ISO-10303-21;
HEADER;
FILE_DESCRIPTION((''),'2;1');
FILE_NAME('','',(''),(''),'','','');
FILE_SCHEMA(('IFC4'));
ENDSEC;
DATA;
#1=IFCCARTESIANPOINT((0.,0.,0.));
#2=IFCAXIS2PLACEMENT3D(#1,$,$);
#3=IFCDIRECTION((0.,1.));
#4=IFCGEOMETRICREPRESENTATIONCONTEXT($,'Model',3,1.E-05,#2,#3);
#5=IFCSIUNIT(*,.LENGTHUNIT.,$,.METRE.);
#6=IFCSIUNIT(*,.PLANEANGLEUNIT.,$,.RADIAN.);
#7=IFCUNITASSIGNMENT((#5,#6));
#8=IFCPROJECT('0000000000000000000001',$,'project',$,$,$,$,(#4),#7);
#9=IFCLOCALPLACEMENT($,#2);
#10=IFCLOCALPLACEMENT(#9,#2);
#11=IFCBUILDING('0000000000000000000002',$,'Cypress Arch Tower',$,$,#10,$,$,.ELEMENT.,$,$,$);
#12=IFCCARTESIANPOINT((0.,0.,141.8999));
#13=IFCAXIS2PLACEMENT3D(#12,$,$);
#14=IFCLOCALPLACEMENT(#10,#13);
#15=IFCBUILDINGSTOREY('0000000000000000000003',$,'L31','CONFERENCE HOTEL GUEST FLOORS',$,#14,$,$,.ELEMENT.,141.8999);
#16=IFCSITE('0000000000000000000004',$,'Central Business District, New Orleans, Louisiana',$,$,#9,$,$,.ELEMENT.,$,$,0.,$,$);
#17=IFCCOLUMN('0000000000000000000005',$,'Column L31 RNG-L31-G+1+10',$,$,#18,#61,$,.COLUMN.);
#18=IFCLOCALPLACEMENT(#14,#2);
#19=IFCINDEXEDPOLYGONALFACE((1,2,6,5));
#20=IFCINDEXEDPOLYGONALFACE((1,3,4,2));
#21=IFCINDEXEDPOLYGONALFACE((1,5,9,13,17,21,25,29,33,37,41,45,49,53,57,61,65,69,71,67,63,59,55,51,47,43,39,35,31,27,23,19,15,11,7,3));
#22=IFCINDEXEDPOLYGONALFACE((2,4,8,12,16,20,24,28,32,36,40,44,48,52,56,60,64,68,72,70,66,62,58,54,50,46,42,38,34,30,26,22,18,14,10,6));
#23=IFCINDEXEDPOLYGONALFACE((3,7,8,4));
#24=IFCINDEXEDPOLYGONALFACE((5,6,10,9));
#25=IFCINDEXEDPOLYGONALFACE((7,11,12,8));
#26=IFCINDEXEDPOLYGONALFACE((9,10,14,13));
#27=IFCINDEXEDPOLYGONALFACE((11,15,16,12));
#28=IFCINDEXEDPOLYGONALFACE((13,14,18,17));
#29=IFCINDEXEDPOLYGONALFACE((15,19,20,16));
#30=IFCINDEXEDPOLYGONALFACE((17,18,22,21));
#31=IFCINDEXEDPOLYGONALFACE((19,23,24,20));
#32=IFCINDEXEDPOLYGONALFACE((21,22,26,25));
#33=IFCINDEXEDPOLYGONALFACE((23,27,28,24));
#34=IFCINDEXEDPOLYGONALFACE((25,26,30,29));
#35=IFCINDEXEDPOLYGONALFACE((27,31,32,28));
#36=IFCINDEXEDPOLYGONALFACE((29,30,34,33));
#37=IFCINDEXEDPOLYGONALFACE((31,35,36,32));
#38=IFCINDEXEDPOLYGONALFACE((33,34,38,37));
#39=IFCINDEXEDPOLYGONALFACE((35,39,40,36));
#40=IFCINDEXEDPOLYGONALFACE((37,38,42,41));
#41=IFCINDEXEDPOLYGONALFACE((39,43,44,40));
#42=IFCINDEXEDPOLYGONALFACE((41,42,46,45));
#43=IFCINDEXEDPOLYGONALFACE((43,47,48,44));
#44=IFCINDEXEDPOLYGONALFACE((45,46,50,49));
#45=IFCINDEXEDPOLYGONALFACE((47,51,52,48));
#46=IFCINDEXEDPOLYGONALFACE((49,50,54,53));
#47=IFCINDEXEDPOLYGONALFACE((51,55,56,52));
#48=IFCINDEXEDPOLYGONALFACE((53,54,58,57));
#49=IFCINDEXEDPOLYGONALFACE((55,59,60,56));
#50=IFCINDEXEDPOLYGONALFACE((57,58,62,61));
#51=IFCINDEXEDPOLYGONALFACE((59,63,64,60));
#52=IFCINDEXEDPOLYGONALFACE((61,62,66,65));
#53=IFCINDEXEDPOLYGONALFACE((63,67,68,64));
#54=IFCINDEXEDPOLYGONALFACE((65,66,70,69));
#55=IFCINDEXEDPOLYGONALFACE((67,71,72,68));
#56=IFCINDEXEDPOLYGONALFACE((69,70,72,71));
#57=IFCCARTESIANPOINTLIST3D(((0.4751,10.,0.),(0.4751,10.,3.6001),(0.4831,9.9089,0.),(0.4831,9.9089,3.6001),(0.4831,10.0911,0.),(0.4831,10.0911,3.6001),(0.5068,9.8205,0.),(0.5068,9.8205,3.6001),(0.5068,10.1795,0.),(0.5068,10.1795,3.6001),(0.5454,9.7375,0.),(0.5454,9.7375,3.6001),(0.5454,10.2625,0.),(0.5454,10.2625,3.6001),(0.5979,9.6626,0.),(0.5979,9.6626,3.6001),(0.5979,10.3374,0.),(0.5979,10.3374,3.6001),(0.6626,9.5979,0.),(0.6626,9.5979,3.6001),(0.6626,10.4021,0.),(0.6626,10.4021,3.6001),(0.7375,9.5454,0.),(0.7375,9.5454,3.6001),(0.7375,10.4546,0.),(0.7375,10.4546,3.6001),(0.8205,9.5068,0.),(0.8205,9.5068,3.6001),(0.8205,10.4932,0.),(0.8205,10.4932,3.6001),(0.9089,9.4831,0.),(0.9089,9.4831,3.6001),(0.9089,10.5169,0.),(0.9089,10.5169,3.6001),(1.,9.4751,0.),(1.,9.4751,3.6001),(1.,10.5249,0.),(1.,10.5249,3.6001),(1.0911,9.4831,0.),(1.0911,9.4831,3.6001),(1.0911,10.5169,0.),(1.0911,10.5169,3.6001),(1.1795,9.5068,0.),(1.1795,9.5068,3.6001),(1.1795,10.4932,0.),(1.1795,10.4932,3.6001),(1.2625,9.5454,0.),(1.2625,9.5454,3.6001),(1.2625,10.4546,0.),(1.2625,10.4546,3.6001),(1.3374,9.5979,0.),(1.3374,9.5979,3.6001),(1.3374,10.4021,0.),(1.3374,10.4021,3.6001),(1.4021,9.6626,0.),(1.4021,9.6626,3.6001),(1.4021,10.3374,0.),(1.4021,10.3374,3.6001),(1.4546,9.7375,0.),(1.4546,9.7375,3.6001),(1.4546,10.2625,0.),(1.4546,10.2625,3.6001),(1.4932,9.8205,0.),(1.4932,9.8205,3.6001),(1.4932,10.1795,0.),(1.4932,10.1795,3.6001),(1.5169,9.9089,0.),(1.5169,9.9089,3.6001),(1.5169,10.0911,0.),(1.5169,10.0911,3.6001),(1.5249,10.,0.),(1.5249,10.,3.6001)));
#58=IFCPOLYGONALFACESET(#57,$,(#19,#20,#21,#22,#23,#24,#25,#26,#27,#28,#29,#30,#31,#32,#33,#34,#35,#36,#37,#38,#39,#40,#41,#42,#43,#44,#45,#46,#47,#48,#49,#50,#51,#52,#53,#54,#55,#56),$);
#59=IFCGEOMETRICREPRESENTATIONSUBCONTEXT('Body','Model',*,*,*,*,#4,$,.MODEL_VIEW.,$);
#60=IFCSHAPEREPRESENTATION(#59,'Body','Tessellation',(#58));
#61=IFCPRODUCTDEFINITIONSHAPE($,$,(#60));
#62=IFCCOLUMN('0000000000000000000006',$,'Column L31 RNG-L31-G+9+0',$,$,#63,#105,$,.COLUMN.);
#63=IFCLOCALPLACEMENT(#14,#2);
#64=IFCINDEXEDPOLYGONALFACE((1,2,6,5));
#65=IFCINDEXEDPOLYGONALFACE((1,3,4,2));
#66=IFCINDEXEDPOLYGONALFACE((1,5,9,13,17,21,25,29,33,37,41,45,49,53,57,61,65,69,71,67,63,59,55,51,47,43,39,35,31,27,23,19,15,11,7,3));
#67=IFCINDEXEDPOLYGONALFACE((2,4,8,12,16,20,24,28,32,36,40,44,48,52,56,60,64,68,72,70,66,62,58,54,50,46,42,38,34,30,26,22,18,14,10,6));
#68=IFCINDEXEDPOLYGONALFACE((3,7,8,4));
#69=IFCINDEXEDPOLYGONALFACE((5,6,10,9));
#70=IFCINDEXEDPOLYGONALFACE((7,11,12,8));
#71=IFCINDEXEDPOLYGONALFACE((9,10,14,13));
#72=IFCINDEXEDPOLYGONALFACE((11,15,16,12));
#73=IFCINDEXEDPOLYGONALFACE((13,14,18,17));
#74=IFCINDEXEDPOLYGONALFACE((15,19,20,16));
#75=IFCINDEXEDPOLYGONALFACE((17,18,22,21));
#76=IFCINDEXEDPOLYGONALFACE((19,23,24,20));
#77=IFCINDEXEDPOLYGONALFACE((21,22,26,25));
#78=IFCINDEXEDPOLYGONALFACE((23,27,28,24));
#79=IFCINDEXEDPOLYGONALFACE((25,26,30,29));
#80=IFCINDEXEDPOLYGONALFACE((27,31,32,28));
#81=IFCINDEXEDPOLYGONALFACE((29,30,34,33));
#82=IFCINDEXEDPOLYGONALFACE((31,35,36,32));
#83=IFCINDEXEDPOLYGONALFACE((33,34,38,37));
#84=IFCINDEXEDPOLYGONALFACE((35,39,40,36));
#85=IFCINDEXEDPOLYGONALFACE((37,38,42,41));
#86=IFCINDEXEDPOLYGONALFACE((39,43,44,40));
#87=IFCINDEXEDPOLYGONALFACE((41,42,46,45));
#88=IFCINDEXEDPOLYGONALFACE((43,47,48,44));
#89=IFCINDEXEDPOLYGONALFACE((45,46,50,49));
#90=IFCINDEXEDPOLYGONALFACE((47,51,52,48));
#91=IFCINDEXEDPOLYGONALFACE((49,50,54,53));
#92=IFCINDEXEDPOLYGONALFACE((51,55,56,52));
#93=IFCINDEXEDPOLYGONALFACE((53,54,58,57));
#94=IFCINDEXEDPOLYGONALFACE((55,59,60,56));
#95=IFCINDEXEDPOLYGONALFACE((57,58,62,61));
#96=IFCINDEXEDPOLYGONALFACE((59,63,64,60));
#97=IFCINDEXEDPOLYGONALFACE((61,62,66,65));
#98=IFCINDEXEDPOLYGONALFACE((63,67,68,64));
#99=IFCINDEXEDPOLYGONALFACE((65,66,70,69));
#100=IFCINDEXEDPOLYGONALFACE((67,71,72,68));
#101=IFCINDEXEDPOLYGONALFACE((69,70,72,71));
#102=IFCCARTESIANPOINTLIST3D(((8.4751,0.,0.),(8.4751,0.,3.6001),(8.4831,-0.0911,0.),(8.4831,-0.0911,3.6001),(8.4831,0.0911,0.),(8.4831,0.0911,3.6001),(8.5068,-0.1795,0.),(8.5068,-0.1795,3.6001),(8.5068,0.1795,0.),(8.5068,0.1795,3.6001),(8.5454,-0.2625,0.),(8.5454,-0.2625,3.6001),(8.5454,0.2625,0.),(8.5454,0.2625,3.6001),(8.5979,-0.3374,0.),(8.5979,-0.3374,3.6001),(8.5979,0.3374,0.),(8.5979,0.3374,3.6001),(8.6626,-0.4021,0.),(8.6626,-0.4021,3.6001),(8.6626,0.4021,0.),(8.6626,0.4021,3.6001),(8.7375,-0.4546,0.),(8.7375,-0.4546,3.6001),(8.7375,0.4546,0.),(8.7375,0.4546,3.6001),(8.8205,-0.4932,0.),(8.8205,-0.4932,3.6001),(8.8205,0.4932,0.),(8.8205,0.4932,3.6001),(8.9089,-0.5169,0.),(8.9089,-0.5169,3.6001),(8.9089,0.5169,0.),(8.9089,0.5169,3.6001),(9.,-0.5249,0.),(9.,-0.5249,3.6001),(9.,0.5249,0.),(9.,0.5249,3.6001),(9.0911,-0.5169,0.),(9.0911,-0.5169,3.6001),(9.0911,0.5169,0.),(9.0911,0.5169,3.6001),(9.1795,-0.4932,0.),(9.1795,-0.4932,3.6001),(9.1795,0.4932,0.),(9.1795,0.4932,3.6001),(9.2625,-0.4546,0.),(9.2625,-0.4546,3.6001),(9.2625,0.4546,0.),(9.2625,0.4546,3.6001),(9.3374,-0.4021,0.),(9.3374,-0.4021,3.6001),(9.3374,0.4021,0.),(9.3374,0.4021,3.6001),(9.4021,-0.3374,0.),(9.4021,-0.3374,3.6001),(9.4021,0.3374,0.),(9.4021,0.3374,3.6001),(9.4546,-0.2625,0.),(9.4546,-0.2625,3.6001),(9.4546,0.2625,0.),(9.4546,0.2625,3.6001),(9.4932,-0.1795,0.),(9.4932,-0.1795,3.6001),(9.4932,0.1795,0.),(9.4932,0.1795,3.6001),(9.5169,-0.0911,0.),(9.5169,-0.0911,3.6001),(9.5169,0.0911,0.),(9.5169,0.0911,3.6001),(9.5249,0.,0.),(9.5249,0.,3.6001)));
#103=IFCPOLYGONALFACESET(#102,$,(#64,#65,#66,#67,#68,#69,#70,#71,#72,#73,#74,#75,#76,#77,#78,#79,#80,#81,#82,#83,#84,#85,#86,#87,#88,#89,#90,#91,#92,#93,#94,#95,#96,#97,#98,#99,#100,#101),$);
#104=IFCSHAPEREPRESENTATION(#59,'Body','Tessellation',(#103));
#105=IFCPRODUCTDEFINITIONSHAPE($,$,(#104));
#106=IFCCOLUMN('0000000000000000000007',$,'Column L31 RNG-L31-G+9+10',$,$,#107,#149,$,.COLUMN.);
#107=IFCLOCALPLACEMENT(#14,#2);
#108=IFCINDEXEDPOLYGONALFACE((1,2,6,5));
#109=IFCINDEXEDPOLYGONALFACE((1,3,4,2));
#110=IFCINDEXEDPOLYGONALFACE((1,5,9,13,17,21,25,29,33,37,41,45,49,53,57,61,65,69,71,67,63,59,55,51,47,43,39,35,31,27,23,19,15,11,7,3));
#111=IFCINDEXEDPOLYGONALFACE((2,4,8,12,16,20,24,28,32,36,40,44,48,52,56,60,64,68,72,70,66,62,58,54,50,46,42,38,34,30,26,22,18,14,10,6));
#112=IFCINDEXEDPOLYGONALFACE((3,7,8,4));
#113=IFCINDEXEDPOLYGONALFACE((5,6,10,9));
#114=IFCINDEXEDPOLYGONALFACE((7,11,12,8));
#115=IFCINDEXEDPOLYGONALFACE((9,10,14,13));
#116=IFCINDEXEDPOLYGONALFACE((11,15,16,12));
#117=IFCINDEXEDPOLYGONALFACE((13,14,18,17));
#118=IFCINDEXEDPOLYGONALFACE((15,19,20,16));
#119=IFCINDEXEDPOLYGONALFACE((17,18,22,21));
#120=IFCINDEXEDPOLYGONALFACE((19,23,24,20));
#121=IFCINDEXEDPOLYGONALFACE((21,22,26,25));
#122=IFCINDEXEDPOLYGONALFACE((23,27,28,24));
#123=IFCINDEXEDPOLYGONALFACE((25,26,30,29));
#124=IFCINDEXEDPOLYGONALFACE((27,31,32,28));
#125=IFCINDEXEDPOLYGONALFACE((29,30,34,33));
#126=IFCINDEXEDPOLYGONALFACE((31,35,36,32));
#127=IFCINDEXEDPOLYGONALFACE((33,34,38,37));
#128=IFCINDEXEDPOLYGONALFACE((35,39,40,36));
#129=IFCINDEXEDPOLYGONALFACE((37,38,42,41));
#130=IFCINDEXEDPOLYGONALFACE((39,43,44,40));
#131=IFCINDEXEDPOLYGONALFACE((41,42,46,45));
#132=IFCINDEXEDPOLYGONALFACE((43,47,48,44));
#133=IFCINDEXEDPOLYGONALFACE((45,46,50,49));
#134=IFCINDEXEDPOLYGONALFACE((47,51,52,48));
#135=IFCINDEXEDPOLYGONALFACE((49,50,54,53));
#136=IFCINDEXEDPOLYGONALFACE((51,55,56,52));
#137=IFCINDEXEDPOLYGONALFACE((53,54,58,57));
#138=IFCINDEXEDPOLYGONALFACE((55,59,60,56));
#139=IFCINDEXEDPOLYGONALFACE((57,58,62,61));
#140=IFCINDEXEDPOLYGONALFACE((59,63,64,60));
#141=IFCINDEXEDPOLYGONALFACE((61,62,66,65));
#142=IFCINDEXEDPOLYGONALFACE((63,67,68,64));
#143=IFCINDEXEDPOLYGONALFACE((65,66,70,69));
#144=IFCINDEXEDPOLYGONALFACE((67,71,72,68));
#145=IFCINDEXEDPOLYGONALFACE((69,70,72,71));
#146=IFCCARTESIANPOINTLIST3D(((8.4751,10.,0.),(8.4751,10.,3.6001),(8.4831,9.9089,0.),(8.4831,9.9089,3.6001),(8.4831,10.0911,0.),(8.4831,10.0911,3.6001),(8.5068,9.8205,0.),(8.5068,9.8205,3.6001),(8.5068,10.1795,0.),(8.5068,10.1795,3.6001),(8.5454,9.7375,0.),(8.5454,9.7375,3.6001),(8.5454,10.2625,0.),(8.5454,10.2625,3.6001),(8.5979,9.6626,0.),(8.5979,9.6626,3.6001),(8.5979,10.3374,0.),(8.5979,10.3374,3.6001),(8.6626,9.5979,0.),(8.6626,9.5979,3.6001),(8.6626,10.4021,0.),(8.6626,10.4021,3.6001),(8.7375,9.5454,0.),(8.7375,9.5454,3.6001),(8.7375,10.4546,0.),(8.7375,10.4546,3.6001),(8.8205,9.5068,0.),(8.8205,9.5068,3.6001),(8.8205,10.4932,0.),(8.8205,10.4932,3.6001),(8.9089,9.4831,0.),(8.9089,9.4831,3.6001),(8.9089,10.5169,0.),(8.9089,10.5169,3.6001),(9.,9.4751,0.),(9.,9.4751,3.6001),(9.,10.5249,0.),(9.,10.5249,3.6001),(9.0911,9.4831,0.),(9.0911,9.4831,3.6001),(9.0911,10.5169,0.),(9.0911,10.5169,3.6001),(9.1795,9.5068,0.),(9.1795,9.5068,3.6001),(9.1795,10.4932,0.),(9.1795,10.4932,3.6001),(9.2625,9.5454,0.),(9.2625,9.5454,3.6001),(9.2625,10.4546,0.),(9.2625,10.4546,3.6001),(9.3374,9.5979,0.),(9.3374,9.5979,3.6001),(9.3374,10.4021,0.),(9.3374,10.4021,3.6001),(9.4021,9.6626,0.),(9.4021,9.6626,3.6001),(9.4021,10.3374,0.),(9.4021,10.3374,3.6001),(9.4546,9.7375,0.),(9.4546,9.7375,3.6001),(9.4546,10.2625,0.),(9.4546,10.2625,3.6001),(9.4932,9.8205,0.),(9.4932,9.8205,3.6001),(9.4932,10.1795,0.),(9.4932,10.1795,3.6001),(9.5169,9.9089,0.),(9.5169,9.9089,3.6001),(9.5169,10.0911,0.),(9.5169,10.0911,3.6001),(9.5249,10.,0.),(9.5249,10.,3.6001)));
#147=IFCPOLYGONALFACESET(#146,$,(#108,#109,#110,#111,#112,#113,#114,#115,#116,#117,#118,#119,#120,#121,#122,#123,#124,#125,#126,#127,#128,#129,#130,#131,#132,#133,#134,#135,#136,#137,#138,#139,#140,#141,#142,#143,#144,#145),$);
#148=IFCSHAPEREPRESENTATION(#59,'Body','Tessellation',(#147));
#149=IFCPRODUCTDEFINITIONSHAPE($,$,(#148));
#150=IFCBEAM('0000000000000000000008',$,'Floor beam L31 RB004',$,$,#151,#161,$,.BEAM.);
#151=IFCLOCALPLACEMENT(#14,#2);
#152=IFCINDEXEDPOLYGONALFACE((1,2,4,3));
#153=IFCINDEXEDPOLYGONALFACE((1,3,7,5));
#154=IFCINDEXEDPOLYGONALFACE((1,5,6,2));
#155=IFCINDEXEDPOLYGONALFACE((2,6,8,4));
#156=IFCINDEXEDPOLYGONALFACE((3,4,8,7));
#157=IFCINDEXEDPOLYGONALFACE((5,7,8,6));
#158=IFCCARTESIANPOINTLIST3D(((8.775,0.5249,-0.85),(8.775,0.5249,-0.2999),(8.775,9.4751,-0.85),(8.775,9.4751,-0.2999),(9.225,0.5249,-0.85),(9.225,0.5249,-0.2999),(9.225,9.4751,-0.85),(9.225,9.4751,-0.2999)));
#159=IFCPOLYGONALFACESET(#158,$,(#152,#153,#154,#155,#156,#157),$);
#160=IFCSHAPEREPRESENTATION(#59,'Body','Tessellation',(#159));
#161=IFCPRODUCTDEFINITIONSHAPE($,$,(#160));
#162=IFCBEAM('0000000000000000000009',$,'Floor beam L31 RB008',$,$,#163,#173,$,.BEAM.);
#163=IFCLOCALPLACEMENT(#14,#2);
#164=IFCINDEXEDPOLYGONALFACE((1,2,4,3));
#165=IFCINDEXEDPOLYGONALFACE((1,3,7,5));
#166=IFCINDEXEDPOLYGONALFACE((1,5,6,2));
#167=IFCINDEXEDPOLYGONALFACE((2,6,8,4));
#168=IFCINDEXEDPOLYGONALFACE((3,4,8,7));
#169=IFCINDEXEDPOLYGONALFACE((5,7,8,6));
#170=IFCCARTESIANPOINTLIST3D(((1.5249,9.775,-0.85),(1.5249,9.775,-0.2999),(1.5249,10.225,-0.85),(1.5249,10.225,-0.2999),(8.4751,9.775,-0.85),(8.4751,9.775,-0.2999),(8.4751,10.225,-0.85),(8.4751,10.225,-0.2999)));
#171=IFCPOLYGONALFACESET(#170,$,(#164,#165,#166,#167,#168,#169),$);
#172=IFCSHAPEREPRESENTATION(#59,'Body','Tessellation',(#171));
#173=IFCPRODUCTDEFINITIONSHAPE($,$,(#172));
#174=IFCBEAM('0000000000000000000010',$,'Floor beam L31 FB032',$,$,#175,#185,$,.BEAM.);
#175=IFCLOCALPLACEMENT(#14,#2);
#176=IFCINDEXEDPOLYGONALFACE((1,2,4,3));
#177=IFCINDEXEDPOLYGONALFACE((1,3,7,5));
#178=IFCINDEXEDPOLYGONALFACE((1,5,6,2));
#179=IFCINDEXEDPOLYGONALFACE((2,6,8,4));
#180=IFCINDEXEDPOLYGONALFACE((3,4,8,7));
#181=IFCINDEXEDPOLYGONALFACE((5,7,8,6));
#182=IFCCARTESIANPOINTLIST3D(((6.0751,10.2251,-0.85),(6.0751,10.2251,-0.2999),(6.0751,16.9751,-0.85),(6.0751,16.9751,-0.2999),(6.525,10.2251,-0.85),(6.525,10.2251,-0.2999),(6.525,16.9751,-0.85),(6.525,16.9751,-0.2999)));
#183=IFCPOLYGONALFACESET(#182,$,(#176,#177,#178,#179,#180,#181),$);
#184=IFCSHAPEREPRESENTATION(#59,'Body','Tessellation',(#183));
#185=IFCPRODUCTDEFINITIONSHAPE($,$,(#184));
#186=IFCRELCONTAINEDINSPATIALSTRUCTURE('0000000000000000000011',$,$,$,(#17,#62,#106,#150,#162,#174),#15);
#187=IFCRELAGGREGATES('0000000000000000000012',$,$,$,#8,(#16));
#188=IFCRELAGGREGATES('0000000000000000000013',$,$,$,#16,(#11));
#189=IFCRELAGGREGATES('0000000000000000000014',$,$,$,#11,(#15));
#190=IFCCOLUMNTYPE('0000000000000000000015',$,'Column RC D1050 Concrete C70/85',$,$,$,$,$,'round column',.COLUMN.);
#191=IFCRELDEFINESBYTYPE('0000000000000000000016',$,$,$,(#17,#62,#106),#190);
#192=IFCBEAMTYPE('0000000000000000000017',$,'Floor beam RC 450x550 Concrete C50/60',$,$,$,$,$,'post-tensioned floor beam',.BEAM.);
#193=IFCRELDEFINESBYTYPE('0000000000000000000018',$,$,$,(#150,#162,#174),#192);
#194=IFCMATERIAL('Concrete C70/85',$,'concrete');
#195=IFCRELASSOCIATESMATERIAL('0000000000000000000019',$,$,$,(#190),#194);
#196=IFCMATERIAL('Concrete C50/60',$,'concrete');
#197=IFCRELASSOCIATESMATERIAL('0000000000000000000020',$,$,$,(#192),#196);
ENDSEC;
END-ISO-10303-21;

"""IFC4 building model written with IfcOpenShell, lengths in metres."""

from ifc_helpers import new_model, si_unit, direction, frame, origin, origin_2d, place, context, subcontext, project, spatial, rectangle, circle, extrude, material, material_profile, profile_set, type_object, element, save


model = new_model("IFC4")

# Units and contexts
model_context = context("Model", 3, precision=1e-05, world=origin(), true_north=direction((0.0, 1.0)))
body_context = subcontext(model_context, "Body", "Model", "MODEL_VIEW")
ifc_project = project(units=[si_unit("LENGTHUNIT", "METRE"), si_unit("PLANEANGLEUNIT", "RADIAN")], contexts=[model_context])

# Site, building, storey
site_placement = place(None, origin())
site = spatial("IfcSite", under=ifc_project, at=site_placement, Name="Central Business District, New Orleans, Louisiana", CompositionType="ELEMENT", RefElevation=0.0)
building_placement = place(site_placement, origin())
building = spatial("IfcBuilding", under=site, at=building_placement, Name="Cypress Arch Tower", CompositionType="ELEMENT")
storey_placement = place(building_placement, frame((0.0, 0.0, 141.8999)))
storey = spatial("IfcBuildingStorey", under=building, at=storey_placement, Name="L31", Description="CONFERENCE HOTEL GUEST FLOORS", CompositionType="ELEMENT", Elevation=141.8999)

# Columns
ifc_material_1 = material(Name="Concrete C70/85", Category="concrete")
ifc_material_profile_1 = material_profile(ifc_material_1, circle(Radius=0.5249, at=origin_2d()), Name="RC D1050")
ifc_profile_set_1 = profile_set([ifc_material_profile_1], Name="Concrete C70/85")
column_type = type_object("IfcColumnType", Name="Column RC D1050 Concrete C70/85", ElementType="round column", PredefinedType="COLUMN", material=ifc_profile_set_1)
for number, where, z_axis, x_axis, name in (
    (1, (1.0, 10.0, 0.0), (0.0, 0.0, 1.0), (1.0, 0.0, 0.0), "Column L31 RNG-L31-G+1+10"),
    (2, (9.0, 0.0, 0.0), (0.0, 0.0, 1.0), (1.0, 0.0, 0.0), "Column L31 RNG-L31-G+9+0"),
    (3, (9.0, 10.0, 0.0), (0.0, 0.0, 1.0), (1.0, 0.0, 0.0), "Column L31 RNG-L31-G+9+10"),
):
    element("IfcColumn", number, at=place(storey_placement, frame(where, z_axis=z_axis, x_axis=x_axis)), inside=storey, type_object=column_type, Name=name, PredefinedType="COLUMN", context=body_context, shape_type="SweptSolid", body=[
        extrude(circle(Radius=0.5249, at=origin_2d()), origin(), (0.0, 0.0, 1.0), 3.6001),
    ])

# Beams
ifc_material_2 = material(Name="Concrete C50/60", Category="concrete")
ifc_material_profile_2 = material_profile(ifc_material_2, rectangle(XDim=0.45, YDim=0.55, at=origin_2d()), Name="RC 450x550")
ifc_profile_set_2 = profile_set([ifc_material_profile_2], Name="Concrete C50/60")
beam_type = type_object("IfcBeamType", Name="Floor beam RC 450x550 Concrete C50/60", ElementType="post-tensioned floor beam", PredefinedType="BEAM", material=ifc_profile_set_2)
beam_1_placement = place(storey_placement, frame((9.0, 0.5249, -0.575), z_axis=(0.0, 1.0, 0.0), x_axis=(-1.0, 0.0, 0.0)))
element("IfcBeam", 4, at=beam_1_placement, inside=storey, type_object=beam_type, Name="Floor beam L31 RB004", PredefinedType="BEAM", context=body_context, shape_type="SweptSolid", body=[
    extrude(rectangle(XDim=0.45, YDim=0.55, at=origin_2d()), origin(), (0.0, 0.0, 1.0), 8.9502),
])
beam_2_placement = place(storey_placement, frame((1.5249, 10.0, -0.575), z_axis=(1.0, 0.0, 0.0), x_axis=(0.0, 1.0, 0.0)))
element("IfcBeam", 5, at=beam_2_placement, inside=storey, type_object=beam_type, Name="Floor beam L31 RB008", PredefinedType="BEAM", context=body_context, shape_type="SweptSolid", body=[
    extrude(rectangle(XDim=0.45, YDim=0.55, at=origin_2d()), origin(), (0.0, 0.0, 1.0), 6.9502),
])
beam_3_placement = place(storey_placement, frame((6.3, 10.2251, -0.575), z_axis=(0.0, 1.0, 0.0), x_axis=(-1.0, 0.0, 0.0)))
element("IfcBeam", 6, at=beam_3_placement, inside=storey, type_object=beam_type, Name="Floor beam L31 FB032", PredefinedType="BEAM", context=body_context, shape_type="SweptSolid", body=[
    extrude(rectangle(XDim=0.45, YDim=0.55, at=origin_2d()), origin(), (0.0, 0.0, 1.0), 6.75),
])

save(model, "model.ifc")
